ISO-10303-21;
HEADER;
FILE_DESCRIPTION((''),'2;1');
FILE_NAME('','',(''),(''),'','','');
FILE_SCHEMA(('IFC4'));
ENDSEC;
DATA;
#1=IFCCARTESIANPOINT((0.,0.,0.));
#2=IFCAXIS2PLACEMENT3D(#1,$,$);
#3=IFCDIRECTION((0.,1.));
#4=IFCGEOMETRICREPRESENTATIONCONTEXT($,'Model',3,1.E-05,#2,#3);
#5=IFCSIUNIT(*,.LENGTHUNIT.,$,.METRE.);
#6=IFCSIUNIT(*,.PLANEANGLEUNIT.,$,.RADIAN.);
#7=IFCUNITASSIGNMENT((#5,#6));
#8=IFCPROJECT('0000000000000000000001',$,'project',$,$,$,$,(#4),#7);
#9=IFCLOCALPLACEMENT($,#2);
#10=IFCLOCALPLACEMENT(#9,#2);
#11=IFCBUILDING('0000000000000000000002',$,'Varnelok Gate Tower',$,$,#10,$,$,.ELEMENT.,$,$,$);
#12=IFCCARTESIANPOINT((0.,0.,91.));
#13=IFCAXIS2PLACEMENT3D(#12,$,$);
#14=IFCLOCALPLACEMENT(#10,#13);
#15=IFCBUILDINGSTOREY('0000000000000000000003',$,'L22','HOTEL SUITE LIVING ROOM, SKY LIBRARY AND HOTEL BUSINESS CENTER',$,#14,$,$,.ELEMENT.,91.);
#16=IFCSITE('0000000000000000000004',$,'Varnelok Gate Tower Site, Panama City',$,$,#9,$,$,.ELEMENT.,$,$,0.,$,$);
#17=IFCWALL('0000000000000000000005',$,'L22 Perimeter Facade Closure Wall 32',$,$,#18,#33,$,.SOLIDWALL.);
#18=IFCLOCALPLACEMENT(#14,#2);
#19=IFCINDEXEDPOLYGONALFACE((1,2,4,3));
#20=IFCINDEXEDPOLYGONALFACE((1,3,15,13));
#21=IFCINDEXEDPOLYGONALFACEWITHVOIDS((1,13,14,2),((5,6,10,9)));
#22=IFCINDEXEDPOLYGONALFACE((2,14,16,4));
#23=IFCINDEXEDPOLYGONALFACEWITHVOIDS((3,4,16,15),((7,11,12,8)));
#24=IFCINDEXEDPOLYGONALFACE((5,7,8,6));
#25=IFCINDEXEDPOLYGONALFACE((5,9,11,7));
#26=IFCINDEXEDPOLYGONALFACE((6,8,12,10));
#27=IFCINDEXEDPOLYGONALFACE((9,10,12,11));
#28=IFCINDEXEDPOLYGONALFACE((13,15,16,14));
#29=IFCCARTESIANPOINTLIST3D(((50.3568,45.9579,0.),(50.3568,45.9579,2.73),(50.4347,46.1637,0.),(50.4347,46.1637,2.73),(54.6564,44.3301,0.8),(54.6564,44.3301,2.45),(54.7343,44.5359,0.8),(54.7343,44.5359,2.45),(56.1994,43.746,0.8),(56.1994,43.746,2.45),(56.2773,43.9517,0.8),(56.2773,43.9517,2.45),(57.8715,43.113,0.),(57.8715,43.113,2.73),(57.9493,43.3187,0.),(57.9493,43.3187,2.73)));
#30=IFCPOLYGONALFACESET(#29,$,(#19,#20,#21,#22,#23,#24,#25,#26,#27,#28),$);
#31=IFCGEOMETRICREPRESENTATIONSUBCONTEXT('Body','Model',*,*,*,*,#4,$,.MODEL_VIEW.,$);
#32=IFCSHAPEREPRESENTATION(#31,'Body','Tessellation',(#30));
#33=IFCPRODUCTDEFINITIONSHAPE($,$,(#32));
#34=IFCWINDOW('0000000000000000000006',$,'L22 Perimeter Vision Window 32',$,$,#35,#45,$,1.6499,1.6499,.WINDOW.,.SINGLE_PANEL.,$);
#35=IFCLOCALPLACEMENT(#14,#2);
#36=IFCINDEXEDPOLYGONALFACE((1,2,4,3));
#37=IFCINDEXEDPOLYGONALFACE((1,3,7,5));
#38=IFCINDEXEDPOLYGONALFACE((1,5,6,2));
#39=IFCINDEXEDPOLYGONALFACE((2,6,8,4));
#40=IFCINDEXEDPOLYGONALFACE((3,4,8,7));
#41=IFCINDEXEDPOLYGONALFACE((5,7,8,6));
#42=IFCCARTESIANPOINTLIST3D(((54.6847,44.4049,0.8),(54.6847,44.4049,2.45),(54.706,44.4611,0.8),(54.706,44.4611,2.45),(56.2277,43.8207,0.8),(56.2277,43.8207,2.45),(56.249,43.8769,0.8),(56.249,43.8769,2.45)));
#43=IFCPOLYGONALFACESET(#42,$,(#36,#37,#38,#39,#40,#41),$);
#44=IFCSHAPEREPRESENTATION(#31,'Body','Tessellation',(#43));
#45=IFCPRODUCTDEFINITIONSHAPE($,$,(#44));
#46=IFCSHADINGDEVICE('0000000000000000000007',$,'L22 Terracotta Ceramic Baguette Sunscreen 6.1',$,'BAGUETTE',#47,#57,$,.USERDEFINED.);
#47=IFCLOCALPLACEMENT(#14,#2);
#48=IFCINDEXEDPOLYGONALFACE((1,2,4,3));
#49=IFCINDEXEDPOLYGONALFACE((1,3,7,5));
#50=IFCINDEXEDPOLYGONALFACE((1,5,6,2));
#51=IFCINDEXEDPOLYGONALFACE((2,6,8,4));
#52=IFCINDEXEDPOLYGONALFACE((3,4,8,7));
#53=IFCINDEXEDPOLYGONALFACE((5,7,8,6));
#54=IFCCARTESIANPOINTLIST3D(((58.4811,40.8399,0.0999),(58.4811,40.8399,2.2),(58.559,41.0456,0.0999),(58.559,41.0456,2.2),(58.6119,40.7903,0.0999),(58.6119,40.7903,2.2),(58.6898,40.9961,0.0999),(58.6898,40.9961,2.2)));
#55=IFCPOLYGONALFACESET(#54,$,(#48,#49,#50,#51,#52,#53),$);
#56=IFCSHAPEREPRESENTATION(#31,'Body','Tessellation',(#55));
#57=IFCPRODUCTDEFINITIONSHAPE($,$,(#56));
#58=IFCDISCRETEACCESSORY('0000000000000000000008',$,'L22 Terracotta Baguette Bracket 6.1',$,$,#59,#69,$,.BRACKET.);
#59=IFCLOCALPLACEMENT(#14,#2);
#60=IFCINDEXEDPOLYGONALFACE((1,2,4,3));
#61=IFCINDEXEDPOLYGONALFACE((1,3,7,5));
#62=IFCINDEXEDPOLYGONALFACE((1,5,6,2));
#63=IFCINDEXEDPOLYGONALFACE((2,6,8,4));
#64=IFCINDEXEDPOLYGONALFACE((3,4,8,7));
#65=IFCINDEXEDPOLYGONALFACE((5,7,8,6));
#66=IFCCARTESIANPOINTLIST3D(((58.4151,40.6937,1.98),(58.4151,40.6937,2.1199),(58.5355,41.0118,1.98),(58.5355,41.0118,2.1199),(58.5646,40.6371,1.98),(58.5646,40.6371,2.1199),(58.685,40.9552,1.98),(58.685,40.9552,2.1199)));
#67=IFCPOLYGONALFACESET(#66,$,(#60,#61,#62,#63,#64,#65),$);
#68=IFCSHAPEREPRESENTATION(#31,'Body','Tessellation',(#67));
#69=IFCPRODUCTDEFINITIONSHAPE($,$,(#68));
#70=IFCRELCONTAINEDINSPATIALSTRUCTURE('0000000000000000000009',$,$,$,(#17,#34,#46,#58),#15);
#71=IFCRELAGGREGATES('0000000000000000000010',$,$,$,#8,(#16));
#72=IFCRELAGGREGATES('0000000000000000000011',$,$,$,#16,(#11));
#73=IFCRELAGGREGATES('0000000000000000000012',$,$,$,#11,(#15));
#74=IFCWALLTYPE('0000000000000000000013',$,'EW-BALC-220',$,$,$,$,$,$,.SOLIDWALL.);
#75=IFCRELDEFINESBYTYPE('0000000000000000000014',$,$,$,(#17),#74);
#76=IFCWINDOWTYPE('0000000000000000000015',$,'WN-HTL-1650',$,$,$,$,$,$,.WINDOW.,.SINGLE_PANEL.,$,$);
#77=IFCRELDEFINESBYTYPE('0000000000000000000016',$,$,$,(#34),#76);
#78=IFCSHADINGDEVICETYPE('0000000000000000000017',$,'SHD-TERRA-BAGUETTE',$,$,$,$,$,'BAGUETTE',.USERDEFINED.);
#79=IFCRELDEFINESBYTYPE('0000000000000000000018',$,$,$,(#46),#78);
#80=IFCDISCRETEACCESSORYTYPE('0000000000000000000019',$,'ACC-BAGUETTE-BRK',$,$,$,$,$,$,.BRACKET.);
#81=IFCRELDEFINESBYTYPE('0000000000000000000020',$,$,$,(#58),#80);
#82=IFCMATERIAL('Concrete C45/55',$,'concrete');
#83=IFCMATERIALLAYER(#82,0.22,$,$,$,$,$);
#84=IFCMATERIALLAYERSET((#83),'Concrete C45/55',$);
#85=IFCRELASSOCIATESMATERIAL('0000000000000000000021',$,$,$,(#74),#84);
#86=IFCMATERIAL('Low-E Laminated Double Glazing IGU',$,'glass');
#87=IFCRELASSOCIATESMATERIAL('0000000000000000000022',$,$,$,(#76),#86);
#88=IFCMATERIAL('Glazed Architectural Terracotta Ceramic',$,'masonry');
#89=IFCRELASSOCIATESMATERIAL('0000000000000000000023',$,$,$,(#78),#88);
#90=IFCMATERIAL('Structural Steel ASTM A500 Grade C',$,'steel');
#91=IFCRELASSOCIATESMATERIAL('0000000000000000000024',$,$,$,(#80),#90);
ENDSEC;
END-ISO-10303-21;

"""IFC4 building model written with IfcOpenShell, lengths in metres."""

from ifc_helpers import new_model, si_unit, direction, frame, frame_2d, origin, origin_2d, place, context, subcontext, project, spatial, rectangle, extrude, source, transform, mapped, material, layer, layer_set, type_object, element, fill, save


model = new_model("IFC4")

# Units and contexts
model_context = context("Model", 3, precision=1e-05, world=origin(), true_north=direction((0.0, 1.0)))
body_context = subcontext(model_context, "Body", "Model", "MODEL_VIEW")
ifc_project = project(units=[si_unit("LENGTHUNIT", "METRE"), si_unit("PLANEANGLEUNIT", "RADIAN")], contexts=[model_context])

# Site, building, storey
site_placement = place(None, origin())
site = spatial("IfcSite", under=ifc_project, at=site_placement, Name="Varnelok Gate Tower Site, Panama City", CompositionType="ELEMENT", RefElevation=0.0)
building_placement = place(site_placement, origin())
building = spatial("IfcBuilding", under=site, at=building_placement, Name="Varnelok Gate Tower", CompositionType="ELEMENT")
storey_placement = place(building_placement, frame((0.0, 0.0, 91.0)))
storey = spatial("IfcBuildingStorey", under=building, at=storey_placement, Name="L22", Description="HOTEL SUITE LIVING ROOM, SKY LIBRARY AND HOTEL BUSINESS CENTER", CompositionType="ELEMENT", Elevation=91.0)

# Shared definitions
ifc_material_1 = material(Name="Concrete C45/55", Category="concrete")
ifc_layer_1 = layer(ifc_material_1, 0.22)
ifc_layer_set_1 = layer_set([ifc_layer_1], Name="Concrete C45/55")
wall_type = type_object("IfcWallType", Name="EW-BALC-220", PredefinedType="SOLIDWALL", material=ifc_layer_set_1)

# Shared definitions
ifc_material_2 = material(Name="Low-E Laminated Double Glazing IGU", Category="glass")
window_type = type_object("IfcWindowType", Name="WN-HTL-1650", PartitioningType="SINGLE_PANEL", PredefinedType="WINDOW", material=ifc_material_2)

# Wall, opening, window
wall_1_placement = place(storey_placement, frame((57.9104, 43.2158, 0.0), z_axis=(0.0, 0.0, 1.0), x_axis=(-0.935221, 0.354065, 0.0)))
wall_1 = element("IfcWall", 1, at=wall_1_placement, inside=storey, type_object=wall_type, Name="L22 Perimeter Facade Closure Wall 32", PredefinedType="SOLIDWALL", context=body_context, shape_type="SweptSolid", body=[
    extrude(rectangle(XDim=8.0352, YDim=0.22, at=frame_2d((4.0176, 0.0))), origin(), (0.0, 0.0, 1.0), 2.73),
])
opening_1_placement = place(wall_1_placement, frame((1.7878, 0.0, 0.8)))
opening_1 = element("IfcOpeningElement", 2, at=opening_1_placement, cuts=wall_1, PredefinedType="OPENING", context=body_context, shape_type="SweptSolid", body=[
    extrude(rectangle(XDim=1.6499, YDim=1.6499, at=frame_2d((0.825, 0.825))), frame((0.0, 0.1199, 0.0), z_axis=(0.0, -1.0, 0.0), x_axis=(1.0, 0.0, 0.0)), (0.0, 0.0, 1.0), 0.24),
])
window_1_placement = place(opening_1_placement, origin())
window_1 = element("IfcWindow", 3, at=window_1_placement, inside=storey, type_object=window_type, Name="L22 Perimeter Vision Window 32", OverallHeight=1.6499, OverallWidth=1.6499, PartitioningType="SINGLE_PANEL", PredefinedType="WINDOW", context=body_context, shape_type="SweptSolid", body=[
    extrude(rectangle(XDim=1.6499, YDim=1.6499, at=frame_2d((0.825, 0.825))), frame((0.0, 0.03, 0.0), z_axis=(0.0, -1.0, 0.0), x_axis=(1.0, 0.0, 0.0)), (0.0, 0.0, 1.0), 0.0601),
])
fill(opening_1, window_1)

# Shading device
ifc_material_3 = material(Name="Glazed Architectural Terracotta Ceramic", Category="masonry")
shading_device_type = type_object("IfcShadingDeviceType", Name="SHD-TERRA-BAGUETTE", ElementType="BAGUETTE", PredefinedType="USERDEFINED", material=ifc_material_3)
shared_shape_1 = source(origin(), body_context, "Body", "SweptSolid", [
    extrude(rectangle(XDim=0.1399, YDim=0.22, at=origin_2d()), origin(), (0.0, 0.0, 1.0), 2.1001),
])
shading_device_placement = place(storey_placement, frame((58.5854, 40.918, 0.0999), z_axis=(0.0, 0.0, 1.0), x_axis=(0.935222, -0.354063, 0.0)))
element("IfcShadingDevice", 4, at=shading_device_placement, inside=storey, type_object=shading_device_type, Name="L22 Terracotta Ceramic Baguette Sunscreen 6.1", ObjectType="BAGUETTE", PredefinedType="USERDEFINED", context=body_context, shape_type="MappedRepresentation", body=[
    mapped(shared_shape_1, transform((0.0, 0.0, 0.0), scale=1.0)),
])

# Discrete accessory
ifc_material_4 = material(Name="Structural Steel ASTM A500 Grade C", Category="steel")
discrete_accessory_type = type_object("IfcDiscreteAccessoryType", Name="ACC-BAGUETTE-BRK", PredefinedType="BRACKET", material=ifc_material_4)
shared_shape_2 = source(origin(), body_context, "Body", "SweptSolid", [
    extrude(rectangle(XDim=0.1599, YDim=0.3401, at=origin_2d()), origin(), (0.0, 0.0, 1.0), 0.1399),
])
discrete_accessory_placement = place(storey_placement, frame((58.55, 40.8245, 1.98), z_axis=(0.0, 0.0, 1.0), x_axis=(0.935222, -0.354063, 0.0)))
element("IfcDiscreteAccessory", 5, at=discrete_accessory_placement, inside=storey, type_object=discrete_accessory_type, Name="L22 Terracotta Baguette Bracket 6.1", PredefinedType="BRACKET", context=body_context, shape_type="MappedRepresentation", body=[
    mapped(shared_shape_2, transform((0.0, 0.0, 0.0), scale=1.0)),
])

save(model, "model.ifc")
